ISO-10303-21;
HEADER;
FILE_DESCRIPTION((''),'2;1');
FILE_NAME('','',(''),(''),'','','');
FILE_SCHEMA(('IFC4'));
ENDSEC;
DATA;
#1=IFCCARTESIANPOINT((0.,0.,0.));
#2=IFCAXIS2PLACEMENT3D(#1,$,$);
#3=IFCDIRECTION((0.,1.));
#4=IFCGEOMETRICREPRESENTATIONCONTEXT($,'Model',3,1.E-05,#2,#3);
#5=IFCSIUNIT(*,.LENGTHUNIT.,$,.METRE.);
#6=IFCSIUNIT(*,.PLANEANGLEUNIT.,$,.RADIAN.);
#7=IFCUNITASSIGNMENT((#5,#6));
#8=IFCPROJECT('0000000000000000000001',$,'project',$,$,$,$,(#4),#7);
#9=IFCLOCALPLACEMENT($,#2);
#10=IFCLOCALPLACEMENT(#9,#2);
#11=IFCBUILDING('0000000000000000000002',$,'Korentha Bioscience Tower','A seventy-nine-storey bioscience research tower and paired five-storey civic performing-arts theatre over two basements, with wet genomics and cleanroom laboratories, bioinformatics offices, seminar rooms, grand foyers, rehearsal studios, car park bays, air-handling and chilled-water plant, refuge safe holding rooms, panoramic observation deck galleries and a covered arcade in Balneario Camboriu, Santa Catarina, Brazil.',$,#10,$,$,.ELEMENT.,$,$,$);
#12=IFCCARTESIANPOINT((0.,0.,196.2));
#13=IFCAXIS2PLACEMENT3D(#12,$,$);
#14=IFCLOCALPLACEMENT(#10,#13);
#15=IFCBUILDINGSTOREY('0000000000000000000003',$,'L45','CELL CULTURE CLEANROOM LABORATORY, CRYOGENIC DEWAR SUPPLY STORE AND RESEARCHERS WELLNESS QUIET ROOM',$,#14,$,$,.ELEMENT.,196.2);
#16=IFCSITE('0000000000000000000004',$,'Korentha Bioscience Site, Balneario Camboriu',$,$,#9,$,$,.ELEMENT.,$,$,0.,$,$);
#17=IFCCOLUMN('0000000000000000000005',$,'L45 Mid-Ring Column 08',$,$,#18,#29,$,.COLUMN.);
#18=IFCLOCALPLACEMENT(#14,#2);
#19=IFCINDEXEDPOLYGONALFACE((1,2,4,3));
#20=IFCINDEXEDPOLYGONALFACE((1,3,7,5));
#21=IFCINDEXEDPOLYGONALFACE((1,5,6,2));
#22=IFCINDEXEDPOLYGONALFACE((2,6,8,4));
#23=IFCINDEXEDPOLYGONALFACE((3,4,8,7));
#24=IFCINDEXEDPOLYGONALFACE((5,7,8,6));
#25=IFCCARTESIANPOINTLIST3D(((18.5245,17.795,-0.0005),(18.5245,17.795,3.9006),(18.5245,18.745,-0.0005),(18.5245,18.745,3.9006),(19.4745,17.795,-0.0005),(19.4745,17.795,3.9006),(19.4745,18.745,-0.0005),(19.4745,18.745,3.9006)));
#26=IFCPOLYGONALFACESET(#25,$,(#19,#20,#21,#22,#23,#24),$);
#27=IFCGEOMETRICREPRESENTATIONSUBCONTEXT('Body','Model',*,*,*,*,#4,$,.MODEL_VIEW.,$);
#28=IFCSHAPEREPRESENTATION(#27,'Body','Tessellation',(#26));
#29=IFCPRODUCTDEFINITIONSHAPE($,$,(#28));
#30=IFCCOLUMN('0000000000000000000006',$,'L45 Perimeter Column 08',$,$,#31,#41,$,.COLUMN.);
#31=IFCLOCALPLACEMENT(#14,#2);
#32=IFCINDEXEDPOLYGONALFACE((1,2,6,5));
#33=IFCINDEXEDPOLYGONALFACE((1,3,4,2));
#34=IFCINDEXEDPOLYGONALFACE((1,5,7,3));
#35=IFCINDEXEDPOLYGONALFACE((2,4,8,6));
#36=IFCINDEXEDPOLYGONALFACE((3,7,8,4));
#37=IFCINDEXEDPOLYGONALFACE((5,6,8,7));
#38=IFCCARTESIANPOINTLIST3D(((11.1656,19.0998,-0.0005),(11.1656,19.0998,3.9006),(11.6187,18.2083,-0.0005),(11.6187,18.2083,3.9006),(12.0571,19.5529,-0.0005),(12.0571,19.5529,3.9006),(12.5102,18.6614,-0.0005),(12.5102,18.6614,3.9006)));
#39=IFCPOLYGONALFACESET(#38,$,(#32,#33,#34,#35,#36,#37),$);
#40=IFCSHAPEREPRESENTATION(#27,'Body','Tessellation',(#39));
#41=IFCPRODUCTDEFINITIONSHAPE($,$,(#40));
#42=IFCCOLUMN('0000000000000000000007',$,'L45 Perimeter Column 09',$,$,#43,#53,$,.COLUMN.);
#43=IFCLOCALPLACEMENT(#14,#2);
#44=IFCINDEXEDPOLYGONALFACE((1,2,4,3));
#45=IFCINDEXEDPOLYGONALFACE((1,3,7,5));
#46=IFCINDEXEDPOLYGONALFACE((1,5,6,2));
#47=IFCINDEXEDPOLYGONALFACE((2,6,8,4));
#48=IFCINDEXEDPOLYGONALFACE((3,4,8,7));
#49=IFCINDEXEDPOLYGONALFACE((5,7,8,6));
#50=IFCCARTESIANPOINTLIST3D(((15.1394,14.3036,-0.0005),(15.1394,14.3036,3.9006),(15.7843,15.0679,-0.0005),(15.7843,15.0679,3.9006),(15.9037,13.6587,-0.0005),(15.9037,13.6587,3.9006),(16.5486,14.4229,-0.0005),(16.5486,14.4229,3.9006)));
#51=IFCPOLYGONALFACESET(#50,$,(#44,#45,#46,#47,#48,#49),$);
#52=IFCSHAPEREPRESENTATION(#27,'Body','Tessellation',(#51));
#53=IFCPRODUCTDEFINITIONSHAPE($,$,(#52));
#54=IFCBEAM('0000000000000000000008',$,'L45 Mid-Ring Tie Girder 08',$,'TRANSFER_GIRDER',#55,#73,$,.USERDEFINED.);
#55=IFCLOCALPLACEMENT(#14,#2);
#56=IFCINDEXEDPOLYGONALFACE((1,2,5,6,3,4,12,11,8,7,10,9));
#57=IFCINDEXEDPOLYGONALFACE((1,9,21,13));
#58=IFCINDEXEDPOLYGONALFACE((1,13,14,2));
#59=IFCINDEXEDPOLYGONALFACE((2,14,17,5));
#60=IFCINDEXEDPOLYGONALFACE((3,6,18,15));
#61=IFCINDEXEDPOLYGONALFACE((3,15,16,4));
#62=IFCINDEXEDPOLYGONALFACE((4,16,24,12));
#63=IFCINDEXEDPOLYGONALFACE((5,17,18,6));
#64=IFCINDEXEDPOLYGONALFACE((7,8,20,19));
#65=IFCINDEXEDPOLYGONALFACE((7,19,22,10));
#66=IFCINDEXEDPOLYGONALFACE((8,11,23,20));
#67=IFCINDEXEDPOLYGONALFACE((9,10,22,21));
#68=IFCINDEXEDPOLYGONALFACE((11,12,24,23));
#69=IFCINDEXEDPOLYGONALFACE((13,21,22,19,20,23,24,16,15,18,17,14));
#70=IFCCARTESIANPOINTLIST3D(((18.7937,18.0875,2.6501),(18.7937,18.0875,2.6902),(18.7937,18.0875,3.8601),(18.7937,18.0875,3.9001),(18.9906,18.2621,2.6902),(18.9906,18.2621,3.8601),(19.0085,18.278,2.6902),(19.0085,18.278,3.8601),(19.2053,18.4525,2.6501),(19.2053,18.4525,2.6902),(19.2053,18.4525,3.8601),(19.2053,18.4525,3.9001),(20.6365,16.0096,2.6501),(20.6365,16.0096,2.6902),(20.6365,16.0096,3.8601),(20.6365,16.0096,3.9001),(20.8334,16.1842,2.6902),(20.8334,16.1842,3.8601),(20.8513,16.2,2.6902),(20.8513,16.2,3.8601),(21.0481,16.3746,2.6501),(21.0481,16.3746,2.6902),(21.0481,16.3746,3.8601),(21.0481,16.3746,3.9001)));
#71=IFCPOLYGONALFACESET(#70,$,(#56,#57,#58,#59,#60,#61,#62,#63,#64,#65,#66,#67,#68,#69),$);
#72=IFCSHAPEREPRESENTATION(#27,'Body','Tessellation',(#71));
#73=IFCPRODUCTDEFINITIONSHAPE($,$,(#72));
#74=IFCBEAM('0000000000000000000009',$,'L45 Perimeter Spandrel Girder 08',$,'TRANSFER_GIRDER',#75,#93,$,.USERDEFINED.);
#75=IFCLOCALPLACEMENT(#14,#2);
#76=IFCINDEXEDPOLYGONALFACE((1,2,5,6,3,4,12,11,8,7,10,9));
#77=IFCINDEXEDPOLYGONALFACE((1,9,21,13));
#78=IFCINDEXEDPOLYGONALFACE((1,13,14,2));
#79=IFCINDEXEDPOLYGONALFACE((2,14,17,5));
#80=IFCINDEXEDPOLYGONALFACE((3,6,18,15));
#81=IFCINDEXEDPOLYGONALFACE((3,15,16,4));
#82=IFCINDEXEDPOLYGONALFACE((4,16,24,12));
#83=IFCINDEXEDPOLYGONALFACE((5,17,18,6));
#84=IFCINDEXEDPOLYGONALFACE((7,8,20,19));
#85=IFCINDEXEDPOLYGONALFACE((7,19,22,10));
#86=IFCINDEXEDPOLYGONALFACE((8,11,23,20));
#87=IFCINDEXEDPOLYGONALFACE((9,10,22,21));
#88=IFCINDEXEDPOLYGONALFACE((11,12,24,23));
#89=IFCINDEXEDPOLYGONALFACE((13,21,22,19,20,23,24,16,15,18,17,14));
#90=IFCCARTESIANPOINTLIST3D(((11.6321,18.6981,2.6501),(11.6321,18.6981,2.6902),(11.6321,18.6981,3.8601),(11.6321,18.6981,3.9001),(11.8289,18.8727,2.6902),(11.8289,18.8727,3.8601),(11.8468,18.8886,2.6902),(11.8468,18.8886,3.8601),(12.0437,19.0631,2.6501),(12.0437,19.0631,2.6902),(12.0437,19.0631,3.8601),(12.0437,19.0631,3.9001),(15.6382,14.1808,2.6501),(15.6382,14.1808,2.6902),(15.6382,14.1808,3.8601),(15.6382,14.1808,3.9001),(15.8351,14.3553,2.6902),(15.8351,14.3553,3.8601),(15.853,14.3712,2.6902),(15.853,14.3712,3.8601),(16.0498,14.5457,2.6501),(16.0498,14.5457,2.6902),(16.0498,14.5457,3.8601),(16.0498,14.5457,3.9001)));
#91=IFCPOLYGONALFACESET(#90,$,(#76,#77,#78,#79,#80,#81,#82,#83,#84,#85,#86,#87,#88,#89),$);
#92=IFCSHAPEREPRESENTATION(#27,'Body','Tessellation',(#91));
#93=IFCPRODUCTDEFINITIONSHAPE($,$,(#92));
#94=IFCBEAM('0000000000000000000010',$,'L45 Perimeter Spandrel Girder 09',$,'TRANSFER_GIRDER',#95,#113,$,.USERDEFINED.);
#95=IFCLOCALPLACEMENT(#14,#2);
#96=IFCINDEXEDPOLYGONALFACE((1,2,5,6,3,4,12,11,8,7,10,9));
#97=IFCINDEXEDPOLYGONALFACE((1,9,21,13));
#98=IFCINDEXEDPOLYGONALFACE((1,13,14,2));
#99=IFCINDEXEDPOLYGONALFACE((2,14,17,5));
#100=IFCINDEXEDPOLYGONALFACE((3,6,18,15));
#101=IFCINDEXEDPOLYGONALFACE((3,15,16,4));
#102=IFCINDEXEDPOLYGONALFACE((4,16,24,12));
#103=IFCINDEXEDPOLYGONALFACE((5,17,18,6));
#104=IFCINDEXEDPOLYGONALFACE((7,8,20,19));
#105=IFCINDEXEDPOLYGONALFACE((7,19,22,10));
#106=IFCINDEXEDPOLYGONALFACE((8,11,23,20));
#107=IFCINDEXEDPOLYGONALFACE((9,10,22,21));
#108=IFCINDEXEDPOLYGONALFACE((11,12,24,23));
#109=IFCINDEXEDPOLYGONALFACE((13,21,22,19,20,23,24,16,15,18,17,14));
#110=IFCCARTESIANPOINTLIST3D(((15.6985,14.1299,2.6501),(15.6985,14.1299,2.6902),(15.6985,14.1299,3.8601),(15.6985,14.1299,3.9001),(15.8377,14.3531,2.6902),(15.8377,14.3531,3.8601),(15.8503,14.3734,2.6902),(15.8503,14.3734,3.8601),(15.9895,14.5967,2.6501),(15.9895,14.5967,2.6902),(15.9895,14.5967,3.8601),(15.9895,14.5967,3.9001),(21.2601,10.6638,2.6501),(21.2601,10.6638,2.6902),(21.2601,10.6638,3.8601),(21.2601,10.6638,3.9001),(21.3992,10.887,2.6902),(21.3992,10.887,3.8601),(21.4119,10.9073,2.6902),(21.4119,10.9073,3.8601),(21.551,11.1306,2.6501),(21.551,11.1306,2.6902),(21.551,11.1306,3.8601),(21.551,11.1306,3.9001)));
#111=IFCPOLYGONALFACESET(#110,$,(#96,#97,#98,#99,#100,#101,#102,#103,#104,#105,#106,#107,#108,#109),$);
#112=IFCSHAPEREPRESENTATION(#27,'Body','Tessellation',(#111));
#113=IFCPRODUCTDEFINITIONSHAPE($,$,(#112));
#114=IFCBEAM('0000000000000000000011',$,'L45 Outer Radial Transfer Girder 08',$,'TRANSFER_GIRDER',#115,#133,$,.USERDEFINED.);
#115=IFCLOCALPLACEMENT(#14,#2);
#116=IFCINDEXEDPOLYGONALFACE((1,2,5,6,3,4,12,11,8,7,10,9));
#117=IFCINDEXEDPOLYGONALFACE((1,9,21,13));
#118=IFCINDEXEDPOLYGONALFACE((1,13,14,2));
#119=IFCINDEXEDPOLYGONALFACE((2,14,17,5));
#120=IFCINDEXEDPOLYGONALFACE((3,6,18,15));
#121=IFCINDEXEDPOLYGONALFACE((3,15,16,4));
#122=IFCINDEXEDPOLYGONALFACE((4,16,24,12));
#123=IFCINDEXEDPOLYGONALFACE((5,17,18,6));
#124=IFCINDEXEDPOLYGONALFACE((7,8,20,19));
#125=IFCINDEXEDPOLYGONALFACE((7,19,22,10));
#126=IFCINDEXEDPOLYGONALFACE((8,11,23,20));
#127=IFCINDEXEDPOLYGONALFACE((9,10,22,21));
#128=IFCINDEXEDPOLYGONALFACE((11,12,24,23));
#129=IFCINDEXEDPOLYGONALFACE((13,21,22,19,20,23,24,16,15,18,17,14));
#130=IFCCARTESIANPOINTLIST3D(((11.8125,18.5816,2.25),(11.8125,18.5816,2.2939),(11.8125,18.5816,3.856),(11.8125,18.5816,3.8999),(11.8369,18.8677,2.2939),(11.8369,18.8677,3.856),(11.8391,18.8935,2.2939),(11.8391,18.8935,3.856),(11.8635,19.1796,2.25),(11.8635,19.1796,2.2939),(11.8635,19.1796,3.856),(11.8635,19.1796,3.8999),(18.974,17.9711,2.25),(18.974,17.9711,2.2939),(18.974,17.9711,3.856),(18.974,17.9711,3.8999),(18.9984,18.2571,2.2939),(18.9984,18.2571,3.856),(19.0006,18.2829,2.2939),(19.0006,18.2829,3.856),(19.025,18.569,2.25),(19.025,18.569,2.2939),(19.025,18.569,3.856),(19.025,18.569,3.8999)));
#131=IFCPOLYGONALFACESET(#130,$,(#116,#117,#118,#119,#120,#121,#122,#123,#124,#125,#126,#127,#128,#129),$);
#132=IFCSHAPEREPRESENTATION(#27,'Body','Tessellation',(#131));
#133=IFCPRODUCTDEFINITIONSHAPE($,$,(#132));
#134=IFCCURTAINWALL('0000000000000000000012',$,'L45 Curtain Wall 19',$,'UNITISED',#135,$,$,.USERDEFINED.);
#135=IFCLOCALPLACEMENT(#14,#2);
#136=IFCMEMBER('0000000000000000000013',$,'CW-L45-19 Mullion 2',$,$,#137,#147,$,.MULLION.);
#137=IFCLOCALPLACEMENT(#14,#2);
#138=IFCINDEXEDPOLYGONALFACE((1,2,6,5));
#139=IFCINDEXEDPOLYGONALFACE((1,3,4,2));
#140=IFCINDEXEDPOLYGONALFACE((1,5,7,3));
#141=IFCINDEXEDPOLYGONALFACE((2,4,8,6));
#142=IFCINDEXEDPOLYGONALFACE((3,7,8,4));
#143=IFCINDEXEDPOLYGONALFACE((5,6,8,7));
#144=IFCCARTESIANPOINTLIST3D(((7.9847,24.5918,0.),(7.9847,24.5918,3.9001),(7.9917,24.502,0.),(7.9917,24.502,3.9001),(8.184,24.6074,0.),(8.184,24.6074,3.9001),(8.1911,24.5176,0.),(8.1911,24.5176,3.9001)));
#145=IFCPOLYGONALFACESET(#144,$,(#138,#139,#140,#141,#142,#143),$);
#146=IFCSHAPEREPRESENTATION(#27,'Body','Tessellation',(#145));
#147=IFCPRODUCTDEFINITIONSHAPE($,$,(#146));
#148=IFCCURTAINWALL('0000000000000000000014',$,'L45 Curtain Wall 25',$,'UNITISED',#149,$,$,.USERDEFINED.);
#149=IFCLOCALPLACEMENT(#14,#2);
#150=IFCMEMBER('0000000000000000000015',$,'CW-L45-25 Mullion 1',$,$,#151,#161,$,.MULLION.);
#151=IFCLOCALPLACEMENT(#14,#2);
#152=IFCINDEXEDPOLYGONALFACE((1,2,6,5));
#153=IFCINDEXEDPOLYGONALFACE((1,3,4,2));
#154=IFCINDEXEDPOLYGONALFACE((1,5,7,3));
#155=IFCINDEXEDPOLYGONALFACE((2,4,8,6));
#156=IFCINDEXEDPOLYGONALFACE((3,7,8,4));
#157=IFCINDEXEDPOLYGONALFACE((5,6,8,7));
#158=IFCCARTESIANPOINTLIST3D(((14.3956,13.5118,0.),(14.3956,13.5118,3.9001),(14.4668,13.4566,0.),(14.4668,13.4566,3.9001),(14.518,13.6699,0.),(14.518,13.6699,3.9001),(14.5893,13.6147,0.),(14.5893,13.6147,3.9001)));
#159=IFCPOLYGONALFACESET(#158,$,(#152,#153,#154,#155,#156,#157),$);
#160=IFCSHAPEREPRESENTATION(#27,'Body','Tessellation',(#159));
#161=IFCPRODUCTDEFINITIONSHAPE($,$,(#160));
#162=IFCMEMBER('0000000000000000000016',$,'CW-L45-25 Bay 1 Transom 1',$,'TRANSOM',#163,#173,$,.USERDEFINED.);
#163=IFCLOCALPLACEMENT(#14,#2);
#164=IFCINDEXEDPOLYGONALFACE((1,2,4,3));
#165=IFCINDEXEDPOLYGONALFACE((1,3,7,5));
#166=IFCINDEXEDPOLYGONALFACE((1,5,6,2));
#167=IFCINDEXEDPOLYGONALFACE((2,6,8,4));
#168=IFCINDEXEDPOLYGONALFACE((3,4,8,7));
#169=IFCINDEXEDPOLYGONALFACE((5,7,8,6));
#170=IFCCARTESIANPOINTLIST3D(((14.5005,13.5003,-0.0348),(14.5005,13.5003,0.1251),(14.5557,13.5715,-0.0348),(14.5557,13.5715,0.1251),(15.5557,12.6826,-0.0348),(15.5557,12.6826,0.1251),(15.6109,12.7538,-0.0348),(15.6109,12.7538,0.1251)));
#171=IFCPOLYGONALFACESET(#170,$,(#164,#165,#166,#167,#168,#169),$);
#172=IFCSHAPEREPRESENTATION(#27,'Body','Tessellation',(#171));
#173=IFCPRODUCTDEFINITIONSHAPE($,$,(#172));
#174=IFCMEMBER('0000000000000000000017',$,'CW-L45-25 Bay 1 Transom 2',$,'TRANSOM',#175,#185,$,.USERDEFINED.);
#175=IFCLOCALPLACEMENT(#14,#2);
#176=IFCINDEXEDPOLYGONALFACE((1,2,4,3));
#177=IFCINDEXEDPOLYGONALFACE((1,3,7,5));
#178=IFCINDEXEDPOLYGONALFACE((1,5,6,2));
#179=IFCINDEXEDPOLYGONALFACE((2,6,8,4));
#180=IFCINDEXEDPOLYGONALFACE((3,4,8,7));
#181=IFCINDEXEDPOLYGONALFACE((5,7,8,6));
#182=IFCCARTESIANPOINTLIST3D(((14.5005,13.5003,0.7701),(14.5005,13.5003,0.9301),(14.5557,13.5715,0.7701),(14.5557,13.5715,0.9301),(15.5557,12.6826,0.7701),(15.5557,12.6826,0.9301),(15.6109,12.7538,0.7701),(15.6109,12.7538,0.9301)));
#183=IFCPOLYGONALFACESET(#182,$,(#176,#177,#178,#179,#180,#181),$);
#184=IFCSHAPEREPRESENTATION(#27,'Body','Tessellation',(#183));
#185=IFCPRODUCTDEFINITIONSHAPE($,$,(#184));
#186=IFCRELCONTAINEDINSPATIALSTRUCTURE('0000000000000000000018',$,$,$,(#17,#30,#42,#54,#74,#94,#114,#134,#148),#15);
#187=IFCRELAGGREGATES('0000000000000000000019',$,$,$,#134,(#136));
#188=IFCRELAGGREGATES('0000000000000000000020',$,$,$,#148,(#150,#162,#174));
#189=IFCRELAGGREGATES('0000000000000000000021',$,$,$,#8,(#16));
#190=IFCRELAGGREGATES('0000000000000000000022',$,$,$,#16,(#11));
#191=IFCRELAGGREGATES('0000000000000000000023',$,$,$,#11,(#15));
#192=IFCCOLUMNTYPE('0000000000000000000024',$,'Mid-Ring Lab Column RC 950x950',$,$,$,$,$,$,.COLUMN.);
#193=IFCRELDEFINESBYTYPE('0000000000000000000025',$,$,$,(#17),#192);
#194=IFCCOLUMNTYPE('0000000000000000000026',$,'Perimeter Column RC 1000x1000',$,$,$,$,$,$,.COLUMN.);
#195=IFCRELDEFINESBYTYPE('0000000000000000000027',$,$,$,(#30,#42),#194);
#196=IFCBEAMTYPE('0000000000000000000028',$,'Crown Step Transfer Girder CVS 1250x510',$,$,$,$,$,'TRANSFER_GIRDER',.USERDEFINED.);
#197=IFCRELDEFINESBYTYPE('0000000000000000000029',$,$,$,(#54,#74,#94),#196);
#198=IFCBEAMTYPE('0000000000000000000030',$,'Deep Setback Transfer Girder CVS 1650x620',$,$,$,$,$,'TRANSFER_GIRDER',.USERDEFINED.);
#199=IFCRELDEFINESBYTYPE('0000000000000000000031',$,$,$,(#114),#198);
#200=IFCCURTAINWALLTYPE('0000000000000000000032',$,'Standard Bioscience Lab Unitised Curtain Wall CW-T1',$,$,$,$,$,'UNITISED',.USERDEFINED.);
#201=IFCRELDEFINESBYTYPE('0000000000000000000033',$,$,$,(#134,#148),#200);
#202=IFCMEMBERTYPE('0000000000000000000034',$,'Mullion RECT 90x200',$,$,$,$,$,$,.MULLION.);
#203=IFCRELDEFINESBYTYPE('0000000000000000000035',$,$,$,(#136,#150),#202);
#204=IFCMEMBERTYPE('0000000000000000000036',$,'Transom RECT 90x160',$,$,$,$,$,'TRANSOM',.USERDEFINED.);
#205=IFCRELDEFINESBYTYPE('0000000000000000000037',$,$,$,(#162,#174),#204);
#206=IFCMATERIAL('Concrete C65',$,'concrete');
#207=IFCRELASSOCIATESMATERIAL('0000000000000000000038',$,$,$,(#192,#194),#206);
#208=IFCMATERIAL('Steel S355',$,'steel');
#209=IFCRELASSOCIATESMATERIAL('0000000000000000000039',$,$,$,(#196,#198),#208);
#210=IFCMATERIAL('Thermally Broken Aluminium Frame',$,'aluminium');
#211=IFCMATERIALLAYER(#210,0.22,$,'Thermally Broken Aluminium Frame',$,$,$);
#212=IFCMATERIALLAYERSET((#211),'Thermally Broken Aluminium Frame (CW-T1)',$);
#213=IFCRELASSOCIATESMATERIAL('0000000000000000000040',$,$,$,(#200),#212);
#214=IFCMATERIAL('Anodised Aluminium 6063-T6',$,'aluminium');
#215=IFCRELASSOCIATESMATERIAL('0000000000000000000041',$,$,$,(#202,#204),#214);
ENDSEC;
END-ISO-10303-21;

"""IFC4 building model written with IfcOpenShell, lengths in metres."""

from ifc_helpers import new_model, si_unit, direction, frame, origin, origin_2d, place, context, subcontext, project, spatial, rectangle, i_section, extrude, material, layer, layer_set, material_profile, profile_set, type_object, element, aggregate, save


model = new_model("IFC4")

# Units and contexts
model_context = context("Model", 3, precision=1e-05, world=origin(), true_north=direction((0.0, 1.0)))
body_context = subcontext(model_context, "Body", "Model", "MODEL_VIEW")
ifc_project = project(units=[si_unit("LENGTHUNIT", "METRE"), si_unit("PLANEANGLEUNIT", "RADIAN")], contexts=[model_context])

# Site, building, storey
site_placement = place(None, origin())
site = spatial("IfcSite", under=ifc_project, at=site_placement, Name="Korentha Bioscience Site, Balneario Camboriu", CompositionType="ELEMENT", RefElevation=0.0)
building_placement = place(site_placement, origin())
building = spatial("IfcBuilding", under=site, at=building_placement, Name="Korentha Bioscience Tower", Description="A seventy-nine-storey bioscience research tower and paired five-storey civic performing-arts theatre over two basements, with wet genomics and cleanroom laboratories, bioinformatics offices, seminar rooms, grand foyers, rehearsal studios, car park bays, air-handling and chilled-water plant, refuge safe holding rooms, panoramic observation deck galleries and a covered arcade in Balneario Camboriu, Santa Catarina, Brazil.", CompositionType="ELEMENT")
storey_placement = place(building_placement, frame((0.0, 0.0, 196.2)))
storey = spatial("IfcBuildingStorey", under=building, at=storey_placement, Name="L45", Description="CELL CULTURE CLEANROOM LABORATORY, CRYOGENIC DEWAR SUPPLY STORE AND RESEARCHERS WELLNESS QUIET ROOM", CompositionType="ELEMENT", Elevation=196.2)

# Columns
ifc_material_1 = material(Name="Concrete C65", Category="concrete")
ifc_material_profile_1 = material_profile(ifc_material_1, rectangle(XDim=0.95, YDim=0.95, at=origin_2d()), Name="Concrete C65")
ifc_profile_set_1 = profile_set([ifc_material_profile_1], Name="Concrete C65 (COL-MR09)")
column_type_1 = type_object("IfcColumnType", Name="Mid-Ring Lab Column RC 950x950", PredefinedType="COLUMN", material=ifc_profile_set_1)
column_placement = place(storey_placement, frame((18.9995, 18.27, -0.0005), z_axis=(0.0, 0.0, 1.0), x_axis=(1.0, 0.0, 0.0)))
element("IfcColumn", 1, at=column_placement, inside=storey, type_object=column_type_1, Name="L45 Mid-Ring Column 08", PredefinedType="COLUMN", context=body_context, shape_type="SweptSolid", body=[
    extrude(rectangle(XDim=0.95, YDim=0.95, at=origin_2d()), origin(), (0.0, 0.0, 1.0), 3.9011),
])
ifc_material_profile_2 = material_profile(ifc_material_1, rectangle(XDim=1.0, YDim=1.0, at=origin_2d()), Name="Concrete C65")
ifc_profile_set_2 = profile_set([ifc_material_profile_2], Name="Concrete C65 (COL-P10)")
column_type_2 = type_object("IfcColumnType", Name="Perimeter Column RC 1000x1000", PredefinedType="COLUMN", material=ifc_profile_set_2)
for number, where, z_axis, x_axis, name in (
    (2, (11.8379, 18.8806, -0.0005), (0.0, 0.0, 1.0), (-0.453057, 0.891481, 0.0), "L45 Perimeter Column 08"),
    (3, (15.844, 14.3633, -0.0005), (0.0, 0.0, 1.0), (-0.764246, 0.644924, 0.0), "L45 Perimeter Column 09"),
):
    element("IfcColumn", number, at=place(storey_placement, frame(where, z_axis=z_axis, x_axis=x_axis)), inside=storey, type_object=column_type_2, Name=name, PredefinedType="COLUMN", context=body_context, shape_type="SweptSolid", body=[
        extrude(rectangle(XDim=1.0, YDim=1.0, at=origin_2d()), origin(), (0.0, 0.0, 1.0), 3.9011),
    ])

# Beams
ifc_material_2 = material(Name="Steel S355", Category="steel")
ifc_material_profile_3 = material_profile(ifc_material_2, i_section(OverallWidth=0.55, OverallDepth=1.25, WebThickness=0.0239, FlangeThickness=0.04, at=origin_2d()), Name="Steel S355")
ifc_profile_set_3 = profile_set([ifc_material_profile_3], Name="Steel S355 (TG-03)")
beam_type_1 = type_object("IfcBeamType", Name="Crown Step Transfer Girder CVS 1250x510", ElementType="TRANSFER_GIRDER", PredefinedType="USERDEFINED", material=ifc_profile_set_3)
beam_1_placement = place(storey_placement, frame((18.9995, 18.27, 3.2751), z_axis=(0.663512, -0.748165, 0.0), x_axis=(0.748165, 0.663512, 0.0)))
element("IfcBeam", 4, at=beam_1_placement, inside=storey, type_object=beam_type_1, Name="L45 Mid-Ring Tie Girder 08", ObjectType="TRANSFER_GIRDER", PredefinedType="USERDEFINED", context=body_context, shape_type="SweptSolid", body=[
    extrude(i_section(OverallWidth=0.55, OverallDepth=1.25, WebThickness=0.0239, FlangeThickness=0.04, at=origin_2d()), origin(), (0.0, 0.0, 1.0), 2.7773),
])
beam_2_placement = place(storey_placement, frame((11.8379, 18.8806, 3.2751), z_axis=(0.663503, -0.748174, 0.0), x_axis=(0.748174, 0.663503, 0.0)))
element("IfcBeam", 5, at=beam_2_placement, inside=storey, type_object=beam_type_1, Name="L45 Perimeter Spandrel Girder 08", ObjectType="TRANSFER_GIRDER", PredefinedType="USERDEFINED", context=body_context, shape_type="SweptSolid", body=[
    extrude(i_section(OverallWidth=0.55, OverallDepth=1.25, WebThickness=0.0239, FlangeThickness=0.04, at=origin_2d()), origin(), (0.0, 0.0, 1.0), 6.0378),
])
beam_3_placement = place(storey_placement, frame((15.844, 14.3633, 3.2751), z_axis=(0.848676, -0.528913, 0.0), x_axis=(0.528913, 0.848676, 0.0)))
element("IfcBeam", 6, at=beam_3_placement, inside=storey, type_object=beam_type_1, Name="L45 Perimeter Spandrel Girder 09", ObjectType="TRANSFER_GIRDER", PredefinedType="USERDEFINED", context=body_context, shape_type="SweptSolid", body=[
    extrude(i_section(OverallWidth=0.55, OverallDepth=1.25, WebThickness=0.0239, FlangeThickness=0.04, at=origin_2d()), origin(), (0.0, 0.0, 1.0), 6.5532),
])
ifc_material_profile_4 = material_profile(ifc_material_2, i_section(OverallWidth=0.6001, OverallDepth=1.6499, WebThickness=0.0259, FlangeThickness=0.0439, at=origin_2d()), Name="Steel S355")
ifc_profile_set_4 = profile_set([ifc_material_profile_4], Name="Steel S355 (TG-04)")
beam_type_2 = type_object("IfcBeamType", Name="Deep Setback Transfer Girder CVS 1650x620", ElementType="TRANSFER_GIRDER", PredefinedType="USERDEFINED", material=ifc_profile_set_4)
beam_4_placement = place(storey_placement, frame((18.9995, 18.27, 3.075), z_axis=(-0.996385, 0.084951, 0.0), x_axis=(-0.084951, -0.996385, 0.0)))
element("IfcBeam", 7, at=beam_4_placement, inside=storey, type_object=beam_type_2, Name="L45 Outer Radial Transfer Girder 08", ObjectType="TRANSFER_GIRDER", PredefinedType="USERDEFINED", context=body_context, shape_type="SweptSolid", body=[
    extrude(i_section(OverallWidth=0.6001, OverallDepth=1.6499, WebThickness=0.0259, FlangeThickness=0.0439, at=origin_2d()), origin(), (0.0, 0.0, 1.0), 7.1875),
])

# Curtain wall, member
ifc_material_3 = material(Name="Thermally Broken Aluminium Frame", Category="aluminium")
ifc_layer_1 = layer(ifc_material_3, 0.22, Name="Thermally Broken Aluminium Frame")
ifc_layer_set_1 = layer_set([ifc_layer_1], Name="Thermally Broken Aluminium Frame (CW-T1)")
curtain_wall_type = type_object("IfcCurtainWallType", Name="Standard Bioscience Lab Unitised Curtain Wall CW-T1", ElementType="UNITISED", PredefinedType="USERDEFINED", material=ifc_layer_set_1)
curtain_wall_1_placement = place(storey_placement, origin())
curtain_wall_1 = element("IfcCurtainWall", 8, at=curtain_wall_1_placement, inside=storey, type_object=curtain_wall_type, Name="L45 Curtain Wall 19", ObjectType="UNITISED", PredefinedType="USERDEFINED")
ifc_material_4 = material(Name="Anodised Aluminium 6063-T6", Category="aluminium")
ifc_material_profile_5 = material_profile(ifc_material_4, rectangle(XDim=0.0901, YDim=0.2, at=origin_2d()), Name="Anodised Aluminium 6063-T6")
ifc_profile_set_5 = profile_set([ifc_material_profile_5], Name="Anodised Aluminium 6063-T6 (CW-MUL)")
member_type_1 = type_object("IfcMemberType", Name="Mullion RECT 90x200", PredefinedType="MULLION", material=ifc_profile_set_5)
member_1_placement = place(storey_placement, frame((8.0879, 24.5547, 0.0), z_axis=(0.0, 0.0, 1.0), x_axis=(0.078031, -0.996951, 0.0)))
member_1 = element("IfcMember", 9, at=member_1_placement, type_object=member_type_1, Name="CW-L45-19 Mullion 2", PredefinedType="MULLION", context=body_context, shape_type="SweptSolid", body=[
    extrude(rectangle(XDim=0.0901, YDim=0.2, at=origin_2d()), origin(), (0.0, 0.0, 1.0), 3.9001),
])

# Curtain wall, members
curtain_wall_2_placement = place(storey_placement, origin())
curtain_wall_2 = element("IfcCurtainWall", 10, at=curtain_wall_2_placement, inside=storey, type_object=curtain_wall_type, Name="L45 Curtain Wall 25", ObjectType="UNITISED", PredefinedType="USERDEFINED")
member_2_placement = place(storey_placement, frame((14.4924, 13.5632, 0.0), z_axis=(0.0, 0.0, 1.0), x_axis=(0.790547, -0.612402, 0.0)))
member_2 = element("IfcMember", 11, at=member_2_placement, type_object=member_type_1, Name="CW-L45-25 Mullion 1", PredefinedType="MULLION", context=body_context, shape_type="SweptSolid", body=[
    extrude(rectangle(XDim=0.0901, YDim=0.2, at=origin_2d()), origin(), (0.0, 0.0, 1.0), 3.9001),
])
ifc_material_profile_6 = material_profile(ifc_material_4, rectangle(XDim=0.0901, YDim=0.1599, at=origin_2d()), Name="Anodised Aluminium 6063-T6")
ifc_profile_set_6 = profile_set([ifc_material_profile_6], Name="Anodised Aluminium 6063-T6 (CW-TRN)")
member_type_2 = type_object("IfcMemberType", Name="Transom RECT 90x160", ElementType="TRANSOM", PredefinedType="USERDEFINED", material=ifc_profile_set_6)
member_3_placement = place(storey_placement, frame((14.5281, 13.5359, 0.0452), z_axis=(0.790464, -0.612509, 0.0), x_axis=(0.612509, 0.790464, 0.0)))
member_3 = element("IfcMember", 12, at=member_3_placement, type_object=member_type_2, Name="CW-L45-25 Bay 1 Transom 1", ObjectType="TRANSOM", PredefinedType="USERDEFINED", context=body_context, shape_type="SweptSolid", body=[
    extrude(rectangle(XDim=0.0901, YDim=0.1599, at=origin_2d()), origin(), (0.0, 0.0, 1.0), 1.335),
])
member_4_placement = place(storey_placement, frame((14.5281, 13.5359, 0.8501), z_axis=(0.790464, -0.612509, 0.0), x_axis=(0.612509, 0.790464, 0.0)))
member_4 = element("IfcMember", 13, at=member_4_placement, type_object=member_type_2, Name="CW-L45-25 Bay 1 Transom 2", ObjectType="TRANSOM", PredefinedType="USERDEFINED", context=body_context, shape_type="SweptSolid", body=[
    extrude(rectangle(XDim=0.0901, YDim=0.1599, at=origin_2d()), origin(), (0.0, 0.0, 1.0), 1.335),
])

aggregate(curtain_wall_1, [member_1])
aggregate(curtain_wall_2, [member_2, member_3, member_4])

save(model, "model.ifc")
